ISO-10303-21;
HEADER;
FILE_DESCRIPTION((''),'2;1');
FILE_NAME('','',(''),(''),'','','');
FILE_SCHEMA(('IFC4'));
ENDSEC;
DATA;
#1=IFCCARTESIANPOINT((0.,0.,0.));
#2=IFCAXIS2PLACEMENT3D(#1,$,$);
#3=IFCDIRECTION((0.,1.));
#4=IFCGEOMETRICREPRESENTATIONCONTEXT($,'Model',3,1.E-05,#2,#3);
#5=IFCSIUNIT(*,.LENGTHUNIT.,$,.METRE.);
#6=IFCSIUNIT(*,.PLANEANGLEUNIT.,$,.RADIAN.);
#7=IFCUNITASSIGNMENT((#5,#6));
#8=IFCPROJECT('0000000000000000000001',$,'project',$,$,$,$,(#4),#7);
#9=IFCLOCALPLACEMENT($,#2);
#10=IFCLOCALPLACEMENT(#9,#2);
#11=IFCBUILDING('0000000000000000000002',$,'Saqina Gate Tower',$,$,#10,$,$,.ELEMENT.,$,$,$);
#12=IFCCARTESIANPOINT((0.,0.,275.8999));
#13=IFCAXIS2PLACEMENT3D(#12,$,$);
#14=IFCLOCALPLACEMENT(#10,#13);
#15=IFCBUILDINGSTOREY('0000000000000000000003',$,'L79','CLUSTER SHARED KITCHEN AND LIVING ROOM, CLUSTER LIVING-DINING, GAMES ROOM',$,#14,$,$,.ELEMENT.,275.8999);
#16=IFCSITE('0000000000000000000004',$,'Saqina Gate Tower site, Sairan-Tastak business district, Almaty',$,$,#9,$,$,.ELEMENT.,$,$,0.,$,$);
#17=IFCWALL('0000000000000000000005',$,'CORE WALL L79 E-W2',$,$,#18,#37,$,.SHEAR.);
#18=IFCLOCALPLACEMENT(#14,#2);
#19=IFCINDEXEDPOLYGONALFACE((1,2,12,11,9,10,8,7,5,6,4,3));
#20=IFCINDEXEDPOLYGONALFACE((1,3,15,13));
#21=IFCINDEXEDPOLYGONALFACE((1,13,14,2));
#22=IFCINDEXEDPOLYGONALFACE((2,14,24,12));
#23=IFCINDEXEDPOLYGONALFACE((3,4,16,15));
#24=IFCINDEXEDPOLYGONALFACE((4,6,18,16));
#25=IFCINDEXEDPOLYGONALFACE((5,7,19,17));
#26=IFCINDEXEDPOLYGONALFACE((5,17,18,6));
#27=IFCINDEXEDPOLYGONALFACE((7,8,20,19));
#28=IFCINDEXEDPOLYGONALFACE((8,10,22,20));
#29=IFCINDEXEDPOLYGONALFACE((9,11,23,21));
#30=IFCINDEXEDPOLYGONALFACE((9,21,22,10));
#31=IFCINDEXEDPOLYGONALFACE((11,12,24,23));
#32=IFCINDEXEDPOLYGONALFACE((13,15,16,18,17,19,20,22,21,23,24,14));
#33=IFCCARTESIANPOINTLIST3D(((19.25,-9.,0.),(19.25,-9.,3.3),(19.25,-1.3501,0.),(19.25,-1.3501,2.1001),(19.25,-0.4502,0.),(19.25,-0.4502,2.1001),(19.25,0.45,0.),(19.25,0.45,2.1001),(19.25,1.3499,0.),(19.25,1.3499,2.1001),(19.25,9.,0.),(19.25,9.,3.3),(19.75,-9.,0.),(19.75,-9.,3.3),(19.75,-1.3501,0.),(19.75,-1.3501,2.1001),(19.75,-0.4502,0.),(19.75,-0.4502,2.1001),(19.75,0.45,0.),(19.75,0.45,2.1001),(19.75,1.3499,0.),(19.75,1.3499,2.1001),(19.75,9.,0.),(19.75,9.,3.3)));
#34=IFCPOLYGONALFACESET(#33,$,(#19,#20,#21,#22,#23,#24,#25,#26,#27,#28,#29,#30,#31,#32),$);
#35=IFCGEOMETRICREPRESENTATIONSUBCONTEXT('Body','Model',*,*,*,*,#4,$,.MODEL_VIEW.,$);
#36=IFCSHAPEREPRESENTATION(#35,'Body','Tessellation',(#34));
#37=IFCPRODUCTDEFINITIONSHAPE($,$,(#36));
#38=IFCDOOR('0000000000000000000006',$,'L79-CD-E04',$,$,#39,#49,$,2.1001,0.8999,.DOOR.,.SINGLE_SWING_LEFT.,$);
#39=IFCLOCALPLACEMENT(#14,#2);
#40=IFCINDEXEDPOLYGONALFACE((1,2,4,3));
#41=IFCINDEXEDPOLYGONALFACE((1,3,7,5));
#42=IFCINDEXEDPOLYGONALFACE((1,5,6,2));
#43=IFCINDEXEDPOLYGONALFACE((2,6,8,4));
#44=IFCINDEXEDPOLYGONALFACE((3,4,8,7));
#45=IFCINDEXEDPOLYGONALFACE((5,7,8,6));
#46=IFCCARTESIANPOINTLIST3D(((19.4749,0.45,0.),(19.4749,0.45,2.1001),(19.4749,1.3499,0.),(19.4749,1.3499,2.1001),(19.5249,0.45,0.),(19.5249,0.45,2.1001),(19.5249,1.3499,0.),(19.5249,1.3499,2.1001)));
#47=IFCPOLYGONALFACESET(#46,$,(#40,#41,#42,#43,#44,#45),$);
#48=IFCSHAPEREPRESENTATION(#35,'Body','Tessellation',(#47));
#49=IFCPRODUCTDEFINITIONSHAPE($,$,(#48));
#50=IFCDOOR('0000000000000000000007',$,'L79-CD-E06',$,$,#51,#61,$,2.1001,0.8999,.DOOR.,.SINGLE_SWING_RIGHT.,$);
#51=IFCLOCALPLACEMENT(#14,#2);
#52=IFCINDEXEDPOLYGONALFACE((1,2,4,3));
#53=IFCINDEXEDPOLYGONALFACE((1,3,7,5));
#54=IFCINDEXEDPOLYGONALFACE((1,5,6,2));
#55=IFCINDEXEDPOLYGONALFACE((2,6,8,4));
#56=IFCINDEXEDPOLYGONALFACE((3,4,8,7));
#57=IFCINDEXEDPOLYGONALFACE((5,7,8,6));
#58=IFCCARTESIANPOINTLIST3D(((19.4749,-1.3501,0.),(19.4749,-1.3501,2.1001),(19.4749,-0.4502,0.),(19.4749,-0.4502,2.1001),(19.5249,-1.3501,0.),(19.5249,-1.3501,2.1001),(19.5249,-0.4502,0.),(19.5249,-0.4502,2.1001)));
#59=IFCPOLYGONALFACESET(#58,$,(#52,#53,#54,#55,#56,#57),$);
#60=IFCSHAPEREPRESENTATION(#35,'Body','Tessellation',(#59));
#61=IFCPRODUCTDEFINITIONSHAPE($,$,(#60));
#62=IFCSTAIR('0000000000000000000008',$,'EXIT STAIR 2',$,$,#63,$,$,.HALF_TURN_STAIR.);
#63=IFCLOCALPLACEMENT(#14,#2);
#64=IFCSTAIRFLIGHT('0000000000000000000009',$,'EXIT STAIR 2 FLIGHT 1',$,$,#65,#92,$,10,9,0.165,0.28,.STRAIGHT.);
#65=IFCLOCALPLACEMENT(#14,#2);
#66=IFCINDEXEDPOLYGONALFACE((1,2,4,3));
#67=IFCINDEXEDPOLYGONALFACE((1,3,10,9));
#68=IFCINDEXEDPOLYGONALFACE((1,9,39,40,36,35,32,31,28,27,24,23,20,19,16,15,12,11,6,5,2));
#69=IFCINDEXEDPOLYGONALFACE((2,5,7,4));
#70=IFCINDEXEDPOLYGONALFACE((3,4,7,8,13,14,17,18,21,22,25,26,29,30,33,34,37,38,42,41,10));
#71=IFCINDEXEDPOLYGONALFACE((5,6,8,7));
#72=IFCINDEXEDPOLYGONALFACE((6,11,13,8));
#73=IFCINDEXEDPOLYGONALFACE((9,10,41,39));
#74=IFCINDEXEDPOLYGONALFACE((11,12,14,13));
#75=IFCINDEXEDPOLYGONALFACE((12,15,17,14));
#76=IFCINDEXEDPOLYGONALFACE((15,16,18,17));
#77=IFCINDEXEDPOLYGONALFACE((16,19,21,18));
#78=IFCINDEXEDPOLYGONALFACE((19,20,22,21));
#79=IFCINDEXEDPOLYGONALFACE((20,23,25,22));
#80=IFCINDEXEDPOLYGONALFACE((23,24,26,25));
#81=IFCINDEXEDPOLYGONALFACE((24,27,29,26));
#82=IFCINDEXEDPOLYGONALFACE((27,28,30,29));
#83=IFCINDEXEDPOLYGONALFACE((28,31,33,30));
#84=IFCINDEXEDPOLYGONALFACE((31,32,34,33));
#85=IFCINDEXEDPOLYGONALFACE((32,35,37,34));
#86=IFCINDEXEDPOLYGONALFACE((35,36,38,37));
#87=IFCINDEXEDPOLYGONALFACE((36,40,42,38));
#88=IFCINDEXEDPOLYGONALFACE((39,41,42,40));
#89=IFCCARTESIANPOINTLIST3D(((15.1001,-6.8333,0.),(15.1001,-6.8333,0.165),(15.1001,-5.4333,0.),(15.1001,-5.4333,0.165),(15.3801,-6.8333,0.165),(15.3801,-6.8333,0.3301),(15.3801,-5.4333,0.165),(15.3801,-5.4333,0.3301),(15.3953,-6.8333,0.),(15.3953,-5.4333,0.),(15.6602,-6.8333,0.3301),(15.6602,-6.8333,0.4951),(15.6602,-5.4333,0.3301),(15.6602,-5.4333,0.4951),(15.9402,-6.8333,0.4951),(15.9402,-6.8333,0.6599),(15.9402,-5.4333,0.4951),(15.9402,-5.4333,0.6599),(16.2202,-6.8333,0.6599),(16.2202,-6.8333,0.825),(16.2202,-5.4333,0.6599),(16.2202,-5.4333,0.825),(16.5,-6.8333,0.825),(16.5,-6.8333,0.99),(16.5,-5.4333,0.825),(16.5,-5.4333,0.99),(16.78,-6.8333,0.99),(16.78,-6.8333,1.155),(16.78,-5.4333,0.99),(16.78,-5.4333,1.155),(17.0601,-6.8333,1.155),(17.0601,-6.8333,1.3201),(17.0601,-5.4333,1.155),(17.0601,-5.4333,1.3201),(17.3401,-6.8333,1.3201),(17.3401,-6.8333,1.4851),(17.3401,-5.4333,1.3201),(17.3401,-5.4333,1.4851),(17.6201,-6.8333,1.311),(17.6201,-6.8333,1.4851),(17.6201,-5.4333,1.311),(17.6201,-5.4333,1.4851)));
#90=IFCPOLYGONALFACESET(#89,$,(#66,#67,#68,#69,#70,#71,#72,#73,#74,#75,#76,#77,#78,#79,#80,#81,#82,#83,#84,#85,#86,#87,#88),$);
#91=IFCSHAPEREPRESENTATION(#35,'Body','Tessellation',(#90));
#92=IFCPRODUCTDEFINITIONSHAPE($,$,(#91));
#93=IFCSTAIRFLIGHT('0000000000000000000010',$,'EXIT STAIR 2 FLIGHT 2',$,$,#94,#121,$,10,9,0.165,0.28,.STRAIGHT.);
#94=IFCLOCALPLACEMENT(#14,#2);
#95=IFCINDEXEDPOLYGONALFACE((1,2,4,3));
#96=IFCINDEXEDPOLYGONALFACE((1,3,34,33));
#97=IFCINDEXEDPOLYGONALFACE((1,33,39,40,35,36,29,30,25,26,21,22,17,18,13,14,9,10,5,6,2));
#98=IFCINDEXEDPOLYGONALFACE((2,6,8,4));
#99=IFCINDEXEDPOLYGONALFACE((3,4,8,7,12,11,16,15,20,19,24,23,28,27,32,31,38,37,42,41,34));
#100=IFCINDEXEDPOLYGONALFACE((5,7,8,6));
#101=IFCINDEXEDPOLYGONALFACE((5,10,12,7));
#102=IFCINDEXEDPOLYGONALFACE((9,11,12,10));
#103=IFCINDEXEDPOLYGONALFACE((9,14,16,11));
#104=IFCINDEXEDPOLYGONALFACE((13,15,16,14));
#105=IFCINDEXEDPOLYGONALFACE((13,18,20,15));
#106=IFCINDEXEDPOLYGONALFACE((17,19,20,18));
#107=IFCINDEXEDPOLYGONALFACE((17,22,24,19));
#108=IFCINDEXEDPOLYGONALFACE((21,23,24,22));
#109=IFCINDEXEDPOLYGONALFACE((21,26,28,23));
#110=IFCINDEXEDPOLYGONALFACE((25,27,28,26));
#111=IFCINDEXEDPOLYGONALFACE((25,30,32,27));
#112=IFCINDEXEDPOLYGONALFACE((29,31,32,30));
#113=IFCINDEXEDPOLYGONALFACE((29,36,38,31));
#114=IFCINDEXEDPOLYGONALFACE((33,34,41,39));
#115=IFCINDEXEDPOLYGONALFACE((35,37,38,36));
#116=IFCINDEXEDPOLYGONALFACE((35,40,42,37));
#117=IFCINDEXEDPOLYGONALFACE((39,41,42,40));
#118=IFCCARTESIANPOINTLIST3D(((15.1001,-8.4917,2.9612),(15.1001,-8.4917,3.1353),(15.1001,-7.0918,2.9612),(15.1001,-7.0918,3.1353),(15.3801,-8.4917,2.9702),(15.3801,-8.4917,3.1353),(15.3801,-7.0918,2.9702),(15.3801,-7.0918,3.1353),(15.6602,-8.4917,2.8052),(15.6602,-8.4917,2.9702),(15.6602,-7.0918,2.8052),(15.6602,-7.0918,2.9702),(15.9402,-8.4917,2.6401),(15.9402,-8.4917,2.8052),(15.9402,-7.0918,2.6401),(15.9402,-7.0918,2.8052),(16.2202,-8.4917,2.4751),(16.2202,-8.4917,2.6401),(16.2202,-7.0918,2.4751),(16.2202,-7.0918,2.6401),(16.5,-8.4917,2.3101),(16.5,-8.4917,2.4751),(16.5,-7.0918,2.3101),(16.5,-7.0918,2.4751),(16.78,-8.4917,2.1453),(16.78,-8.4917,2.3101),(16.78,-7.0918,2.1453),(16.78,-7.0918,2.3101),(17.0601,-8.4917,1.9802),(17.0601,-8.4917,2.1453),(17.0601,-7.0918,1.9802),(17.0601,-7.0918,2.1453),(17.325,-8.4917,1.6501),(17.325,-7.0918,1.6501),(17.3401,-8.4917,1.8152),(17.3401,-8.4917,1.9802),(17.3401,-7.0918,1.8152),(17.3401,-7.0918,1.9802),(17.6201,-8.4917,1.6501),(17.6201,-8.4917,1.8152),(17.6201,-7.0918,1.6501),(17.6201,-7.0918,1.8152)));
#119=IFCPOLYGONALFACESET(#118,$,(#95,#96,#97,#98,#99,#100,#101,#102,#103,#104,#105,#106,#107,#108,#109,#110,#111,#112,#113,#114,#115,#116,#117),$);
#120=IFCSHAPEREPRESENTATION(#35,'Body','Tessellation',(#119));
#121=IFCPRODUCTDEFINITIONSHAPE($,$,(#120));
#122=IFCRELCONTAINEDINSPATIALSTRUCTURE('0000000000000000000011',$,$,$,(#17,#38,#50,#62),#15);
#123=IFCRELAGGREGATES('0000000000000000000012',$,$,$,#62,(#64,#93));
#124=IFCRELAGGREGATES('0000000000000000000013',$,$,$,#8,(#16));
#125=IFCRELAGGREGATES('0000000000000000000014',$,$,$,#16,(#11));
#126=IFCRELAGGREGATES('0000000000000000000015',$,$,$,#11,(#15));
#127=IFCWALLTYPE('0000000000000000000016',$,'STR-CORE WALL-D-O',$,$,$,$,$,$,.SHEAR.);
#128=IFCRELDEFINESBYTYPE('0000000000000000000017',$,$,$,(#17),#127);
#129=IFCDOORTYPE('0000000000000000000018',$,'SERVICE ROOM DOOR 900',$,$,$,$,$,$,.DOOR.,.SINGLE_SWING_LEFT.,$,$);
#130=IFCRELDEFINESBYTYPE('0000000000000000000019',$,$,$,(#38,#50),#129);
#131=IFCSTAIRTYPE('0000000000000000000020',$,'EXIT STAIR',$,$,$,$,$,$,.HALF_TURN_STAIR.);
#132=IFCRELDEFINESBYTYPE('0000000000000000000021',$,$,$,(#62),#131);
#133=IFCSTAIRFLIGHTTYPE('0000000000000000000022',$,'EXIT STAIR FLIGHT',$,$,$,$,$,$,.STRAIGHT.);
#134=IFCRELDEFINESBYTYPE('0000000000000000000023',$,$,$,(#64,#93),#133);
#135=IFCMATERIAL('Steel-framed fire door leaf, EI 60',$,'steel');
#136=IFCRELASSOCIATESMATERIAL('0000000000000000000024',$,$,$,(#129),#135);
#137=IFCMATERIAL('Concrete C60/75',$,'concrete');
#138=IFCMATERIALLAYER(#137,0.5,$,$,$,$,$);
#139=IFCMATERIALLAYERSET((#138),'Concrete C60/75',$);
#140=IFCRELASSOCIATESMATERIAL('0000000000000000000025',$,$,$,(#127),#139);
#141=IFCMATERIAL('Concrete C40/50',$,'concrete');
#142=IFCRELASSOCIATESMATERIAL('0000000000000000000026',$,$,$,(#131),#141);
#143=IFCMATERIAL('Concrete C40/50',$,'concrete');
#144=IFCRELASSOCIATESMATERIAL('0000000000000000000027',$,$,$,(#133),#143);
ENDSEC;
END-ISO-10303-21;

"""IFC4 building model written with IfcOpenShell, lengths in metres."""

from ifc_helpers import new_model, si_unit, direction, frame, frame_2d, origin, place, context, subcontext, project, spatial, polyline, rectangle, outline, extrude, material, layer, layer_set, type_object, element, fill, aggregate, save


model = new_model("IFC4")

# Units and contexts
model_context = context("Model", 3, precision=1e-05, world=origin(), true_north=direction((0.0, 1.0)))
body_context = subcontext(model_context, "Body", "Model", "MODEL_VIEW")
ifc_project = project(units=[si_unit("LENGTHUNIT", "METRE"), si_unit("PLANEANGLEUNIT", "RADIAN")], contexts=[model_context])

# Site, building, storey
site_placement = place(None, origin())
site = spatial("IfcSite", under=ifc_project, at=site_placement, Name="Saqina Gate Tower site, Sairan-Tastak business district, Almaty", CompositionType="ELEMENT", RefElevation=0.0)
building_placement = place(site_placement, origin())
building = spatial("IfcBuilding", under=site, at=building_placement, Name="Saqina Gate Tower", CompositionType="ELEMENT")
storey_placement = place(building_placement, frame((0.0, 0.0, 275.8999)))
storey = spatial("IfcBuildingStorey", under=building, at=storey_placement, Name="L79", Description="CLUSTER SHARED KITCHEN AND LIVING ROOM, CLUSTER LIVING-DINING, GAMES ROOM", CompositionType="ELEMENT", Elevation=275.8999)

# Shared definitions
ifc_material_1 = material(Name="Steel-framed fire door leaf, EI 60", Category="steel")
door_type_1 = type_object("IfcDoorType", Name="SERVICE ROOM DOOR 900", OperationType="SINGLE_SWING_LEFT", PredefinedType="DOOR", material=ifc_material_1)

# Wall, openings, doors
ifc_material_2 = material(Name="Concrete C60/75", Category="concrete")
ifc_layer_1 = layer(ifc_material_2, 0.5)
ifc_layer_set_1 = layer_set([ifc_layer_1], Name="Concrete C60/75")
wall_type_1 = type_object("IfcWallType", Name="STR-CORE WALL-D-O", PredefinedType="SHEAR", material=ifc_layer_set_1)
wall_1_placement = place(storey_placement, frame((19.5, -9.0, 0.0), z_axis=(0.0, 0.0, 1.0), x_axis=(0.0, 1.0, 0.0)))
wall_1 = element("IfcWall", 1, at=wall_1_placement, inside=storey, type_object=wall_type_1, Name="CORE WALL L79 E-W2", PredefinedType="SHEAR", context=body_context, shape_type="SweptSolid", body=[
    extrude(rectangle(XDim=18.0, YDim=0.5, at=frame_2d((9.0, 0.0))), origin(), (0.0, 0.0, 1.0), 3.3),
])
opening_1_placement = place(wall_1_placement, frame((9.45, 0.0, 0.0)))
opening_1 = element("IfcOpeningElement", 2, at=opening_1_placement, cuts=wall_1, PredefinedType="OPENING", context=body_context, shape_type="SweptSolid", body=[
    extrude(rectangle(XDim=0.8999, YDim=2.1001, at=frame_2d((0.45, 1.05))), frame((0.0, 0.262, 0.0), z_axis=(0.0, -1.0, 0.0), x_axis=(1.0, 0.0, 0.0)), (0.0, 0.0, 1.0), 0.5239),
])
opening_2_placement = place(wall_1_placement, frame((7.6499, 0.0, 0.0)))
opening_2 = element("IfcOpeningElement", 3, at=opening_2_placement, cuts=wall_1, PredefinedType="OPENING", context=body_context, shape_type="SweptSolid", body=[
    extrude(rectangle(XDim=0.8999, YDim=2.1001, at=frame_2d((0.45, 1.05))), frame((0.0, 0.262, 0.0), z_axis=(0.0, -1.0, 0.0), x_axis=(1.0, 0.0, 0.0)), (0.0, 0.0, 1.0), 0.5239),
])
door_1_placement = place(opening_1_placement, frame((0.8999, 0.0, 0.0), z_axis=(0.0, 0.0, 1.0), x_axis=(-1.0, 0.0, 0.0)))
door_1 = element("IfcDoor", 4, at=door_1_placement, inside=storey, type_object=door_type_1, Name="L79-CD-E04", OperationType="SINGLE_SWING_LEFT", OverallHeight=2.1001, OverallWidth=0.8999, PredefinedType="DOOR", context=body_context, shape_type="SweptSolid", body=[
    extrude(rectangle(XDim=0.8999, YDim=2.1001, at=frame_2d((0.45, 1.05))), frame((0.0, 0.0249, 0.0), z_axis=(0.0, -1.0, 0.0), x_axis=(1.0, 0.0, 0.0)), (0.0, 0.0, 1.0), 0.05),
])
fill(opening_1, door_1)
door_2_placement = place(opening_2_placement, frame((0.8999, 0.0, 0.0), z_axis=(0.0, 0.0, 1.0), x_axis=(-1.0, 0.0, 0.0)))
door_2 = element("IfcDoor", 5, at=door_2_placement, inside=storey, type_object=door_type_1, Name="L79-CD-E06", OperationType="SINGLE_SWING_RIGHT", OverallHeight=2.1001, OverallWidth=0.8999, PredefinedType="DOOR", context=body_context, shape_type="SweptSolid", body=[
    extrude(rectangle(XDim=0.8999, YDim=2.1001, at=frame_2d((0.45, 1.05))), frame((0.0, 0.0249, 0.0), z_axis=(0.0, -1.0, 0.0), x_axis=(1.0, 0.0, 0.0)), (0.0, 0.0, 1.0), 0.05),
])
fill(opening_2, door_2)

# Stair, stair flights
ifc_material_3 = material(Name="Concrete C40/50", Category="concrete")
stair_type = type_object("IfcStairType", Name="EXIT STAIR", PredefinedType="HALF_TURN_STAIR", material=ifc_material_3)
stair_placement = place(storey_placement, origin())
stair = element("IfcStair", 6, at=stair_placement, inside=storey, type_object=stair_type, Name="EXIT STAIR 2", PredefinedType="HALF_TURN_STAIR")
ifc_material_4 = material(Name="Concrete C40/50", Category="concrete")
stair_flight_type = type_object("IfcStairFlightType", Name="EXIT STAIR FLIGHT", PredefinedType="STRAIGHT", material=ifc_material_4)
stair_flight_1_placement = place(storey_placement, frame((15.1001, -6.1333, 0.0), z_axis=(0.0, 0.0, 1.0), x_axis=(1.0, 0.0, 0.0)))
stair_flight_1 = element("IfcStairFlight", 7, at=stair_flight_1_placement, type_object=stair_flight_type, Name="EXIT STAIR 2 FLIGHT 1", NumberOfRisers=10, NumberOfTreads=9, PredefinedType="STRAIGHT", RiserHeight=0.165, TreadLength=0.28, context=body_context, shape_type="SweptSolid", body=[
    extrude(outline(polyline([(0.0, 0.0), (0.0, 0.165), (0.28, 0.165), (0.28, 0.3301), (0.5601, 0.3301), (0.5601, 0.4951), (0.8401, 0.4951), (0.8401, 0.6599), (1.1201, 0.6599), (1.1201, 0.825), (1.3999, 0.825), (1.3999, 0.99), (1.6799, 0.99), (1.6799, 1.155), (1.96, 1.155), (1.96, 1.3201), (2.24, 1.3201), (2.24, 1.4851), (2.52, 1.4851), (2.52, 1.6499), (2.52, 1.311), (0.2952, 0.0), (0.0, 0.0)])), frame((0.0, 0.7, 0.0), z_axis=(0.0, -1.0, 0.0), x_axis=(1.0, 0.0, 0.0)), (0.0, 0.0, 1.0), 1.3999),
])
stair_flight_2_placement = place(storey_placement, frame((17.6201, -7.7917, 1.6501), z_axis=(0.0, 0.0, 1.0), x_axis=(-1.0, 0.0, 0.0)))
stair_flight_2 = element("IfcStairFlight", 8, at=stair_flight_2_placement, type_object=stair_flight_type, Name="EXIT STAIR 2 FLIGHT 2", NumberOfRisers=10, NumberOfTreads=9, PredefinedType="STRAIGHT", RiserHeight=0.165, TreadLength=0.28, context=body_context, shape_type="SweptSolid", body=[
    extrude(outline(polyline([(0.0, 0.0), (0.0, 0.165), (0.28, 0.165), (0.28, 0.3301), (0.5601, 0.3301), (0.5601, 0.4951), (0.8401, 0.4951), (0.8401, 0.6599), (1.1201, 0.6599), (1.1201, 0.825), (1.3999, 0.825), (1.3999, 0.99), (1.6799, 0.99), (1.6799, 1.155), (1.96, 1.155), (1.96, 1.3201), (2.24, 1.3201), (2.24, 1.4851), (2.52, 1.4851), (2.52, 1.6499), (2.52, 1.311), (0.2952, 0.0), (0.0, 0.0)])), frame((0.0, 0.7, 0.0), z_axis=(0.0, -1.0, 0.0), x_axis=(1.0, 0.0, 0.0)), (0.0, 0.0, 1.0), 1.3999),
])
aggregate(stair, [stair_flight_1, stair_flight_2])

save(model, "model.ifc")
